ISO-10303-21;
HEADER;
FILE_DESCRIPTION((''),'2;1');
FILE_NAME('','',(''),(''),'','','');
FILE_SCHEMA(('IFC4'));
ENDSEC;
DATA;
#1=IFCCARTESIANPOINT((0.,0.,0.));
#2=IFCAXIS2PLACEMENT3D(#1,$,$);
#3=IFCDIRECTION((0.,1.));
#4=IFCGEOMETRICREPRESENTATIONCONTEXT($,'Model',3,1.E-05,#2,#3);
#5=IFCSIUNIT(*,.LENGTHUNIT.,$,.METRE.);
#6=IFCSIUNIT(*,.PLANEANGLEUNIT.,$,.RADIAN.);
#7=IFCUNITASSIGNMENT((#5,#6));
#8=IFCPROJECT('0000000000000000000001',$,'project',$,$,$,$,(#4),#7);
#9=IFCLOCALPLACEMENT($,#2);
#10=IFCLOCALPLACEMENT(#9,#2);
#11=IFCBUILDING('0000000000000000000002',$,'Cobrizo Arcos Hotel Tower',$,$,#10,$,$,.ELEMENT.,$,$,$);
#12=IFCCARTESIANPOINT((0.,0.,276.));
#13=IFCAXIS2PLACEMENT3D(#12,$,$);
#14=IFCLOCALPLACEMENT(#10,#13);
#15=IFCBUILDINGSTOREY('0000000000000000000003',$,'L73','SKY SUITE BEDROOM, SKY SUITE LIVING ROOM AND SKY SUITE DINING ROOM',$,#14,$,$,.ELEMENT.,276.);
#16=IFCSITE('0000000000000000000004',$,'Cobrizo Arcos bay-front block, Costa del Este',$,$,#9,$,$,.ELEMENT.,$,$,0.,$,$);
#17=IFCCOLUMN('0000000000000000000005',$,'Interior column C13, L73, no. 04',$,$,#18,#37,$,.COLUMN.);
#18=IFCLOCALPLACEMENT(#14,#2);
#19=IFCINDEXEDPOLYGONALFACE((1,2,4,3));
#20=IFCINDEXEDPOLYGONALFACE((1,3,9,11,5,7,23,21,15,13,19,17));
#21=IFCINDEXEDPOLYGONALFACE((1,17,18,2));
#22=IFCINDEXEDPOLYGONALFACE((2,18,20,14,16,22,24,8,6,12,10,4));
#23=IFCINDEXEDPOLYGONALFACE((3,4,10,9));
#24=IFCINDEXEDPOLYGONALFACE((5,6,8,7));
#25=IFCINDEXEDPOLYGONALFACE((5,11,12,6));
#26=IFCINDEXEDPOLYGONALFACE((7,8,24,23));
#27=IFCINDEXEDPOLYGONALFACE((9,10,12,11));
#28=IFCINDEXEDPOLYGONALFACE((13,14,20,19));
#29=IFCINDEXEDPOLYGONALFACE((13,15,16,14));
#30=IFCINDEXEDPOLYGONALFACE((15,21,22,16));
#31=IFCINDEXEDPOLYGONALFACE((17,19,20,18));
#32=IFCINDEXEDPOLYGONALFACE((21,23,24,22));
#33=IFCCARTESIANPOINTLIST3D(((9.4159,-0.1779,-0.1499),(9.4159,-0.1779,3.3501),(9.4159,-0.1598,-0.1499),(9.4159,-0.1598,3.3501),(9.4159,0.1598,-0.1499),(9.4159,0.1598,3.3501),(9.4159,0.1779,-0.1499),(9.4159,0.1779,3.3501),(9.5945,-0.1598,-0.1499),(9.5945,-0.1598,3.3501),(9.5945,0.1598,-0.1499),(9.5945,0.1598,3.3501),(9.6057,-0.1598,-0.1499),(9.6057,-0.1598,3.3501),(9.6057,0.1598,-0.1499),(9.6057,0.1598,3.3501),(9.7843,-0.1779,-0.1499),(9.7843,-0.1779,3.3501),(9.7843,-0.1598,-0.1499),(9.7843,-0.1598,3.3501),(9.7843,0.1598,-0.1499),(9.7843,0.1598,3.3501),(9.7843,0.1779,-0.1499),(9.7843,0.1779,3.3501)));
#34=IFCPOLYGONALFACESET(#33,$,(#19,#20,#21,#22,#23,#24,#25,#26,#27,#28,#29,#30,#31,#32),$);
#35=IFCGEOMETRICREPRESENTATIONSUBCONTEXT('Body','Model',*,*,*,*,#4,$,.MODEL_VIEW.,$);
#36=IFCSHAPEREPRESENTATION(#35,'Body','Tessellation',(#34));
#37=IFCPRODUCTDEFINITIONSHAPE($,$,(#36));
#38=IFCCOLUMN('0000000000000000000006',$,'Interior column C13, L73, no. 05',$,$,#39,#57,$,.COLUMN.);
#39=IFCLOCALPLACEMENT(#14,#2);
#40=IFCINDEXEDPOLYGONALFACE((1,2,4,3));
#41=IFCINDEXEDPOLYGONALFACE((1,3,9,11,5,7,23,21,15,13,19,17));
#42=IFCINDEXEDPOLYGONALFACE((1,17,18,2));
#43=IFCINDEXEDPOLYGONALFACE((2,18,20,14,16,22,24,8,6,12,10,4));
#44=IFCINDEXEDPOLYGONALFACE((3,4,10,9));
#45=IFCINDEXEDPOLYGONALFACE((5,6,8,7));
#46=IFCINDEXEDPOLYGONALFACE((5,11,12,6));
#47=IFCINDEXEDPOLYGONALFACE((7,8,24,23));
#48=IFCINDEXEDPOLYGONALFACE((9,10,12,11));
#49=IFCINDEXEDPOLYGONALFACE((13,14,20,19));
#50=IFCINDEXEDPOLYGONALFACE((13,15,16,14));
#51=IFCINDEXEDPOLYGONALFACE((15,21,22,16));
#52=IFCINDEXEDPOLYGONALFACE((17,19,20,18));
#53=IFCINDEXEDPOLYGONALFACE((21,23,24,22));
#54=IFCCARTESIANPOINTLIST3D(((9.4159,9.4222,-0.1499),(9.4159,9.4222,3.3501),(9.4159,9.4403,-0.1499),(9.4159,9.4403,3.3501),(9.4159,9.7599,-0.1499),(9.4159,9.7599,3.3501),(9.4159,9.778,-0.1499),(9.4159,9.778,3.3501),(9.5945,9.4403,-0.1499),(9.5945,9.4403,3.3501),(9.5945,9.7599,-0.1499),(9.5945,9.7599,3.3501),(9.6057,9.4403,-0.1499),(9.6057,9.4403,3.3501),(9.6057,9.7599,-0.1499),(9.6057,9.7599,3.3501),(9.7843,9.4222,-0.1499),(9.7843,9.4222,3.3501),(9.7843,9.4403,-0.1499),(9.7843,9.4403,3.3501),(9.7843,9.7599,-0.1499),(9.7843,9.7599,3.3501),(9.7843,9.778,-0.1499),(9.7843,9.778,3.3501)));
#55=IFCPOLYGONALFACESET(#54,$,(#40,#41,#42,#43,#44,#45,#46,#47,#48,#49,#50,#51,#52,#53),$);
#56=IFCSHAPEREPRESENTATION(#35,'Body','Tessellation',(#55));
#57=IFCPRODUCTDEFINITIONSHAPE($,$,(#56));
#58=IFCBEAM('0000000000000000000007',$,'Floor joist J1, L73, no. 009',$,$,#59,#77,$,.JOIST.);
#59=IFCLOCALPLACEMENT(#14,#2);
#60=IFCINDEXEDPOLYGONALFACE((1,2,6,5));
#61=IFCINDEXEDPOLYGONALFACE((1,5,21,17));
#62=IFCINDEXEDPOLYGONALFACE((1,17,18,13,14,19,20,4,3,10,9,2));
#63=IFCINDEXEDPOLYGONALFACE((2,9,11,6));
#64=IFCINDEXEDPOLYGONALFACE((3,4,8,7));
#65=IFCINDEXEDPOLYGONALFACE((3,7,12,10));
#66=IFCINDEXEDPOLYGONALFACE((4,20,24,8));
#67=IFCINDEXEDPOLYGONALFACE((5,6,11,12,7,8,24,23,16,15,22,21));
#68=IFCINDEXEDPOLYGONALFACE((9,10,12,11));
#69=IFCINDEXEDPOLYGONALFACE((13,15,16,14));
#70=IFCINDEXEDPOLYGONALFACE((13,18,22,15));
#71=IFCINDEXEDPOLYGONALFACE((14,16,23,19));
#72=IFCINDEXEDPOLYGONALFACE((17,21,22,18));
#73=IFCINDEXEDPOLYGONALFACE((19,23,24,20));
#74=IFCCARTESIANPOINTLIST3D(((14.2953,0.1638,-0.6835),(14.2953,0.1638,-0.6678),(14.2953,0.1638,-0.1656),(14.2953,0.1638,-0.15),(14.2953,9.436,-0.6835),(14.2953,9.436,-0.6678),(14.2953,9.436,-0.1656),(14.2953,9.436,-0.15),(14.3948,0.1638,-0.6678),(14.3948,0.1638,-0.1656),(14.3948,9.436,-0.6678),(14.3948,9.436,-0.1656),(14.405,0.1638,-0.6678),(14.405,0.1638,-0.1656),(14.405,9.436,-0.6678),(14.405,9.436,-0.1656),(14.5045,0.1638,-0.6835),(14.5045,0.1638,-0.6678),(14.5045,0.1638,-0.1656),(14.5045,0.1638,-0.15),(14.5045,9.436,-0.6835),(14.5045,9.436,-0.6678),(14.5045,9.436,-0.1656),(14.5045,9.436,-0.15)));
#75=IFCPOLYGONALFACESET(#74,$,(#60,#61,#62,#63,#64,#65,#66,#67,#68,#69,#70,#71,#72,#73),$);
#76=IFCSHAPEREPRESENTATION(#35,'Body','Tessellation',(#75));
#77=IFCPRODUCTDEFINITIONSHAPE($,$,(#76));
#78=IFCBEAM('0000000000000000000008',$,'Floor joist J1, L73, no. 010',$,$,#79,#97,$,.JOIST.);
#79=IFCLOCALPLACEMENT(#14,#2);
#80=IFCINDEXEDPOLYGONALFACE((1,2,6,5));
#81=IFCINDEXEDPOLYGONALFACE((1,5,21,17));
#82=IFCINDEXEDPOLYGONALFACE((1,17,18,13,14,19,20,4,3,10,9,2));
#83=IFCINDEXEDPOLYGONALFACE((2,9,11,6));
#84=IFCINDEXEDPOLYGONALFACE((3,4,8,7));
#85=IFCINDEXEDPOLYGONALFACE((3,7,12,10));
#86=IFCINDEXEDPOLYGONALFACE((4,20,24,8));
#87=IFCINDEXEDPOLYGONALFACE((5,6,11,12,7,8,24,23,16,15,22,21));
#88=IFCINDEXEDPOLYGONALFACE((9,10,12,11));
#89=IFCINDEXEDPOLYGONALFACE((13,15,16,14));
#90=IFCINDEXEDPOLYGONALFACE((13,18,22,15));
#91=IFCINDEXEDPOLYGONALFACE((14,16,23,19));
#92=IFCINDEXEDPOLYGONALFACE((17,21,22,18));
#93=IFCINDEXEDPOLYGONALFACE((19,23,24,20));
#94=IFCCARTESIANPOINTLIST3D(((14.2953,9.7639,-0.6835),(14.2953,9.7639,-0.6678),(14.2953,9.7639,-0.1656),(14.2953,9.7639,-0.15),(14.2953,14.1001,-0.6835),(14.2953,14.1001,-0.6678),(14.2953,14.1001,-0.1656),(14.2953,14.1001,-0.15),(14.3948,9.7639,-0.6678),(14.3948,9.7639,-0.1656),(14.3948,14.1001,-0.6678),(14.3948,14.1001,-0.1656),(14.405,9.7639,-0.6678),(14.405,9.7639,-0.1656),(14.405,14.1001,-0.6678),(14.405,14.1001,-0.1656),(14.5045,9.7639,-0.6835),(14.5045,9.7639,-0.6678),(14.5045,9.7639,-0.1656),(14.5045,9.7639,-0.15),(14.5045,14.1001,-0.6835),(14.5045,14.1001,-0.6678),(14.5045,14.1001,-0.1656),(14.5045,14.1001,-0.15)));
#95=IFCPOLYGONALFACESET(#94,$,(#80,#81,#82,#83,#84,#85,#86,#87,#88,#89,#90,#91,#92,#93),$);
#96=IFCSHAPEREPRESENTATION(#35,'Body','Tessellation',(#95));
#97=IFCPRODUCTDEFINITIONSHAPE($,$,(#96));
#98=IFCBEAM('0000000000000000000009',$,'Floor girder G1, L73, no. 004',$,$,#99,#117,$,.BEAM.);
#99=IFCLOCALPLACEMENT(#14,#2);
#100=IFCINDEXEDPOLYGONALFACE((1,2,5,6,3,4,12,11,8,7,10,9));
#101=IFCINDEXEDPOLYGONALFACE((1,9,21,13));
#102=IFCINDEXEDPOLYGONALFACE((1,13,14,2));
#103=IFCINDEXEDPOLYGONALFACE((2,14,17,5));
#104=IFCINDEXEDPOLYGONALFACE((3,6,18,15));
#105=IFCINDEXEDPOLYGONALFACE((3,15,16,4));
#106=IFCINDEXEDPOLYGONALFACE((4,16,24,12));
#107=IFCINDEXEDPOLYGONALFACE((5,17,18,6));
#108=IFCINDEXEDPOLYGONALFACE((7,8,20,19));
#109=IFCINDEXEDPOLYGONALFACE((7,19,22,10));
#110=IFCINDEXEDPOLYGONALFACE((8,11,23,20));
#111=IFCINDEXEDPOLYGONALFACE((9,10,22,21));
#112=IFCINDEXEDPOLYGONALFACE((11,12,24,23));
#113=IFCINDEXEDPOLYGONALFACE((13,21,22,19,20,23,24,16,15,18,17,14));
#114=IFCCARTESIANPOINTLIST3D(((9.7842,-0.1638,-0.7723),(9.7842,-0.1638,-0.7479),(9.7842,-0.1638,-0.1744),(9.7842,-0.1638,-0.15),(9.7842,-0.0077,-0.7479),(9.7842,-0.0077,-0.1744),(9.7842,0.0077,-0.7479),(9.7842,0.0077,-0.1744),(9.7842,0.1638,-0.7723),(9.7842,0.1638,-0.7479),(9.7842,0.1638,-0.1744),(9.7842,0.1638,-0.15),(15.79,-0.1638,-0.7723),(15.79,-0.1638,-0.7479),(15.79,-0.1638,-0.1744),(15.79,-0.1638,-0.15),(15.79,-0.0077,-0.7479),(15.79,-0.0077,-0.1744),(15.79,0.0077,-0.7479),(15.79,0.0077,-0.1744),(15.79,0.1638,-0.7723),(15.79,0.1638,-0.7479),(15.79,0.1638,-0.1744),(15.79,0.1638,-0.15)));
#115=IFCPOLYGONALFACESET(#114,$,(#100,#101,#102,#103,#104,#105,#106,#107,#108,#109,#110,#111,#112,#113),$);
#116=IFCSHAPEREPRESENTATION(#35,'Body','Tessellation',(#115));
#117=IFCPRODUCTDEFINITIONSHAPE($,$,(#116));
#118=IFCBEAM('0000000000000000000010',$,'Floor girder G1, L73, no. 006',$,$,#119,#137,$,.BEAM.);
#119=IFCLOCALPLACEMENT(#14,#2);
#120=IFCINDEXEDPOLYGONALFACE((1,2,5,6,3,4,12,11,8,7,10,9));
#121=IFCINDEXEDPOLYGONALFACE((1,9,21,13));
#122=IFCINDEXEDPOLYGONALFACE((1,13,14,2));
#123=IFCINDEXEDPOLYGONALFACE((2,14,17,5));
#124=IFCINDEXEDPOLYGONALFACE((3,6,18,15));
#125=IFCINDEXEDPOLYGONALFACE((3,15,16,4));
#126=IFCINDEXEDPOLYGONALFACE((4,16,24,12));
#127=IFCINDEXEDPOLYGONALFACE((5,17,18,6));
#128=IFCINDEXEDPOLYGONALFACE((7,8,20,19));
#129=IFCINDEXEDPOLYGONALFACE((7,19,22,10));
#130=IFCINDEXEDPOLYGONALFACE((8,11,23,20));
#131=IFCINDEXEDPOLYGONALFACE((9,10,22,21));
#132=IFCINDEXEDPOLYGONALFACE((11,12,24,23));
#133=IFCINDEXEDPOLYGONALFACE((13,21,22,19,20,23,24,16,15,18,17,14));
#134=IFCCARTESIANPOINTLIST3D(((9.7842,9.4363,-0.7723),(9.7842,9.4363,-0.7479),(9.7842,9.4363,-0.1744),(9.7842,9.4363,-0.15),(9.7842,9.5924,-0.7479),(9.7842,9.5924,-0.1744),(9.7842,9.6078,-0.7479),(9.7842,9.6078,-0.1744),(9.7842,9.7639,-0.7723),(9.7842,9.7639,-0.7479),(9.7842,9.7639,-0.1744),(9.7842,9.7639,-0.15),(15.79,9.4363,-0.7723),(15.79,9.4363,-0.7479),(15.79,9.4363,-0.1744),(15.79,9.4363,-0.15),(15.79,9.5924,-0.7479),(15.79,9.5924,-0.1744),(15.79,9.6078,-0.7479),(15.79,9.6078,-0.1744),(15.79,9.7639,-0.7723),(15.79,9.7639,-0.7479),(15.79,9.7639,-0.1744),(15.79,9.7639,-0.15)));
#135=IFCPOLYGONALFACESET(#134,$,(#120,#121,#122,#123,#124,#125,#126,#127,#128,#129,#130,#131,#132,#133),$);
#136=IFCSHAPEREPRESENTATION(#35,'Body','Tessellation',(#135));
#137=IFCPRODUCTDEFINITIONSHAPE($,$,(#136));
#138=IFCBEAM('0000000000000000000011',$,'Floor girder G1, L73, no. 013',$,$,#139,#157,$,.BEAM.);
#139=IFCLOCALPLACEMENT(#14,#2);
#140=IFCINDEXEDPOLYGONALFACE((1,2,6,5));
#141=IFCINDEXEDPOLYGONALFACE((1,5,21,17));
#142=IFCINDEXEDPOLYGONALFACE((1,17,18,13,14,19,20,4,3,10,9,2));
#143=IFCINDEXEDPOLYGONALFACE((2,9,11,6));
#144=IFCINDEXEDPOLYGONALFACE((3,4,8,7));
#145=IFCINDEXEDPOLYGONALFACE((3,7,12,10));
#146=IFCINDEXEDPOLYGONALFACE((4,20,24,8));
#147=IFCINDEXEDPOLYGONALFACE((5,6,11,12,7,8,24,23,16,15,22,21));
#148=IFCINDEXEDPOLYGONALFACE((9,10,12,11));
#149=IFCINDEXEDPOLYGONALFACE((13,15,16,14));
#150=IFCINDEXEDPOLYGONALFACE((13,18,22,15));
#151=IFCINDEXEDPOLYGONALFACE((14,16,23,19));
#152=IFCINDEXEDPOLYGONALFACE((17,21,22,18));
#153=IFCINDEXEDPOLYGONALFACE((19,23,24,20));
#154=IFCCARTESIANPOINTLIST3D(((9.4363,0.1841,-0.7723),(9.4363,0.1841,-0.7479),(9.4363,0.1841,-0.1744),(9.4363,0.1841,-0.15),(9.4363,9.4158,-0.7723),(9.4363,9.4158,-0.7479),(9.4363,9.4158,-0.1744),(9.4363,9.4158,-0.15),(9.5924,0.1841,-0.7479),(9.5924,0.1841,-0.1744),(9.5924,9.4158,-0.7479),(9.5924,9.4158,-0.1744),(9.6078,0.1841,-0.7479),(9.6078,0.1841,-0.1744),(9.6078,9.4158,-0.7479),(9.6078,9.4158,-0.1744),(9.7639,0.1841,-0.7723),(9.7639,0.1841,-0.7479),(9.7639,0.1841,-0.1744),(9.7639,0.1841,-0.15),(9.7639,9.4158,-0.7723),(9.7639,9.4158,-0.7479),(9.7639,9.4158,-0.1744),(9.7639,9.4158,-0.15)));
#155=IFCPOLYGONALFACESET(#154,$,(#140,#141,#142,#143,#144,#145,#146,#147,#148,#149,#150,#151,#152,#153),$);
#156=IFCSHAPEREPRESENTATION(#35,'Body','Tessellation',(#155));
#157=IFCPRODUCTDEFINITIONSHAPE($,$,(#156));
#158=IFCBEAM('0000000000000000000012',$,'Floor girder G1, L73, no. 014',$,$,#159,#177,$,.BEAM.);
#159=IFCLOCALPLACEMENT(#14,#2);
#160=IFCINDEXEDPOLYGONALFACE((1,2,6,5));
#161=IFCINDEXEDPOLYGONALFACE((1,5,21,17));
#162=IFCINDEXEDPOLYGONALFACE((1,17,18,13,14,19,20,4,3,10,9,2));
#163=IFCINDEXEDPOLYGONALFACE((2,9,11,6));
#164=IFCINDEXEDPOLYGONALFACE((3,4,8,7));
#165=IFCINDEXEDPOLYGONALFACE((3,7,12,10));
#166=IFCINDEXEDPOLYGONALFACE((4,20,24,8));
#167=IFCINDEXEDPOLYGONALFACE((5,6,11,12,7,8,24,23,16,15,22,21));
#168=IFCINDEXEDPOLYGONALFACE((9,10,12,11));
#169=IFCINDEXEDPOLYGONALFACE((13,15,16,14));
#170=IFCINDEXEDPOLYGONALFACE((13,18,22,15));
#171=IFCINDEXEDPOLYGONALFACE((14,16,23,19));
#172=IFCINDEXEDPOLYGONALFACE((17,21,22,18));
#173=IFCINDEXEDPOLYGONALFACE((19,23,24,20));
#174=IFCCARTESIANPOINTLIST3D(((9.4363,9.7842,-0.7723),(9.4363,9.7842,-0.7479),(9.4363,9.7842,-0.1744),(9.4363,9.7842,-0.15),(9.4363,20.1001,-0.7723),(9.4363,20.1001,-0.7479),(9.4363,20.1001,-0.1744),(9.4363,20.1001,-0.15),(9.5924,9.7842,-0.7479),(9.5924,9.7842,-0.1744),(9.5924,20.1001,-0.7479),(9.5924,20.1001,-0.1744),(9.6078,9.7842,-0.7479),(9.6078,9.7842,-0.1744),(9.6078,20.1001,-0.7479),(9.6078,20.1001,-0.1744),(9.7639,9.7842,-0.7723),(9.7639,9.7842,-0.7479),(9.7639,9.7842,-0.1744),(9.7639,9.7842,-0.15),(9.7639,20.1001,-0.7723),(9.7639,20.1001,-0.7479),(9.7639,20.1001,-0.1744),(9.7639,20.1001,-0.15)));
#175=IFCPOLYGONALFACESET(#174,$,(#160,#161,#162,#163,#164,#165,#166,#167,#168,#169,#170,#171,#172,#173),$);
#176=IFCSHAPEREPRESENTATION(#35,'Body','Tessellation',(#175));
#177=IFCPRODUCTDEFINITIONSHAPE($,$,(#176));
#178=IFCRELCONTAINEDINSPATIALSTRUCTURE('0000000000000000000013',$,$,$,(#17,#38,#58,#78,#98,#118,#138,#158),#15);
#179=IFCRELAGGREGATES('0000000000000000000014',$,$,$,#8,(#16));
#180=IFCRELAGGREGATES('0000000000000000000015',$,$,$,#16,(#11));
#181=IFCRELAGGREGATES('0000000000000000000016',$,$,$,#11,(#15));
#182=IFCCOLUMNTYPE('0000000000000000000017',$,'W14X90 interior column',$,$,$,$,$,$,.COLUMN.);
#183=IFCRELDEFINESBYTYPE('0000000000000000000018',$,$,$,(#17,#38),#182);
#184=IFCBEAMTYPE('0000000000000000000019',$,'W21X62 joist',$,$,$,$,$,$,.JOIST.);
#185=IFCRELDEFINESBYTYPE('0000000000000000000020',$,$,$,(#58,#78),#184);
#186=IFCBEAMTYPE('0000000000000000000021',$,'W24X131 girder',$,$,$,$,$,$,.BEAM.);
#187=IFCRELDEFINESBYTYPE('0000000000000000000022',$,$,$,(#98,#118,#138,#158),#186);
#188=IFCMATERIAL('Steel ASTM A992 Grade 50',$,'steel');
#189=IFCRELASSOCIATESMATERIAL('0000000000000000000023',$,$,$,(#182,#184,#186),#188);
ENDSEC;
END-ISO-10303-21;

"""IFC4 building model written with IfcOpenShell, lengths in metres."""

from ifc_helpers import new_model, si_unit, direction, frame, origin, origin_2d, place, context, subcontext, project, spatial, i_section, extrude, material, material_profile, profile_set, type_object, element, save


model = new_model("IFC4")

# Units and contexts
model_context = context("Model", 3, precision=1e-05, world=origin(), true_north=direction((0.0, 1.0)))
body_context = subcontext(model_context, "Body", "Model", "MODEL_VIEW")
ifc_project = project(units=[si_unit("LENGTHUNIT", "METRE"), si_unit("PLANEANGLEUNIT", "RADIAN")], contexts=[model_context])

# Site, building, storey
site_placement = place(None, origin())
site = spatial("IfcSite", under=ifc_project, at=site_placement, Name="Cobrizo Arcos bay-front block, Costa del Este", CompositionType="ELEMENT", RefElevation=0.0)
building_placement = place(site_placement, origin())
building = spatial("IfcBuilding", under=site, at=building_placement, Name="Cobrizo Arcos Hotel Tower", CompositionType="ELEMENT")
storey_placement = place(building_placement, frame((0.0, 0.0, 276.0)))
storey = spatial("IfcBuildingStorey", under=building, at=storey_placement, Name="L73", Description="SKY SUITE BEDROOM, SKY SUITE LIVING ROOM AND SKY SUITE DINING ROOM", CompositionType="ELEMENT", Elevation=276.0)

# Columns
ifc_material_1 = material(Name="Steel ASTM A992 Grade 50", Category="steel")
ifc_material_profile_1 = material_profile(ifc_material_1, i_section(OverallWidth=0.3684, OverallDepth=0.3557, WebThickness=0.0112, FlangeThickness=0.0181, at=origin_2d()), Name="W14X90")
ifc_profile_set_1 = profile_set([ifc_material_profile_1], Name="Steel ASTM A992 Grade 50")
column_type = type_object("IfcColumnType", Name="W14X90 interior column", PredefinedType="COLUMN", material=ifc_profile_set_1)
for number, where, z_axis, x_axis, name in (
    (1, (9.6001, 0.0, -0.1499), (0.0, 0.0, 1.0), (1.0, 0.0, 0.0), "Interior column C13, L73, no. 04"),
    (2, (9.6001, 9.6001, -0.1499), (0.0, 0.0, 1.0), (1.0, 0.0, 0.0), "Interior column C13, L73, no. 05"),
):
    element("IfcColumn", number, at=place(storey_placement, frame(where, z_axis=z_axis, x_axis=x_axis)), inside=storey, type_object=column_type, Name=name, PredefinedType="COLUMN", context=body_context, shape_type="SweptSolid", body=[
        extrude(i_section(OverallWidth=0.3684, OverallDepth=0.3557, WebThickness=0.0112, FlangeThickness=0.0181, at=origin_2d()), origin(), (0.0, 0.0, 1.0), 3.5),
    ])

# Beams
ifc_material_profile_2 = material_profile(ifc_material_1, i_section(OverallWidth=0.2092, OverallDepth=0.5334, WebThickness=0.0103, FlangeThickness=0.0156, at=origin_2d()), Name="W21X62")
ifc_profile_set_2 = profile_set([ifc_material_profile_2], Name="Steel ASTM A992 Grade 50")
beam_type_1 = type_object("IfcBeamType", Name="W21X62 joist", PredefinedType="JOIST", material=ifc_profile_set_2)
beam_1_placement = place(storey_placement, frame((14.3999, 0.1638, -0.4167), z_axis=(0.0, 1.0, 0.0), x_axis=(-1.0, 0.0, 0.0)))
element("IfcBeam", 3, at=beam_1_placement, inside=storey, type_object=beam_type_1, Name="Floor joist J1, L73, no. 009", PredefinedType="JOIST", context=body_context, shape_type="SweptSolid", body=[
    extrude(i_section(OverallWidth=0.2092, OverallDepth=0.5334, WebThickness=0.0103, FlangeThickness=0.0156, at=origin_2d()), origin(), (0.0, 0.0, 1.0), 9.2722),
])
beam_2_placement = place(storey_placement, frame((14.3999, 9.7639, -0.4167), z_axis=(0.0, 1.0, 0.0), x_axis=(-1.0, 0.0, 0.0)))
element("IfcBeam", 4, at=beam_2_placement, inside=storey, type_object=beam_type_1, Name="Floor joist J1, L73, no. 010", PredefinedType="JOIST", context=body_context, shape_type="SweptSolid", body=[
    extrude(i_section(OverallWidth=0.2092, OverallDepth=0.5334, WebThickness=0.0103, FlangeThickness=0.0156, at=origin_2d()), origin(), (0.0, 0.0, 1.0), 4.3362),
])
ifc_material_profile_3 = material_profile(ifc_material_1, i_section(OverallWidth=0.3276, OverallDepth=0.6223, WebThickness=0.0154, FlangeThickness=0.0244, at=origin_2d()), Name="W24X131")
ifc_profile_set_3 = profile_set([ifc_material_profile_3], Name="Steel ASTM A992 Grade 50")
beam_type_2 = type_object("IfcBeamType", Name="W24X131 girder", PredefinedType="BEAM", material=ifc_profile_set_3)
for number, where, z_axis, x_axis, name in (
    (5, (9.7842, 0.0, -0.4612), (1.0, 0.0, 0.0), (0.0, 1.0, 0.0), "Floor girder G1, L73, no. 004"),
    (6, (9.7842, 9.6001, -0.4612), (1.0, 0.0, 0.0), (0.0, 1.0, 0.0), "Floor girder G1, L73, no. 006"),
):
    element("IfcBeam", number, at=place(storey_placement, frame(where, z_axis=z_axis, x_axis=x_axis)), inside=storey, type_object=beam_type_2, Name=name, PredefinedType="BEAM", context=body_context, shape_type="SweptSolid", body=[
        extrude(i_section(OverallWidth=0.3276, OverallDepth=0.6223, WebThickness=0.0154, FlangeThickness=0.0244, at=origin_2d()), origin(), (0.0, 0.0, 1.0), 6.0059),
    ])
beam_3_placement = place(storey_placement, frame((9.6001, 0.1841, -0.4612), z_axis=(0.0, 1.0, 0.0), x_axis=(-1.0, 0.0, 0.0)))
element("IfcBeam", 7, at=beam_3_placement, inside=storey, type_object=beam_type_2, Name="Floor girder G1, L73, no. 013", PredefinedType="BEAM", context=body_context, shape_type="SweptSolid", body=[
    extrude(i_section(OverallWidth=0.3276, OverallDepth=0.6223, WebThickness=0.0154, FlangeThickness=0.0244, at=origin_2d()), origin(), (0.0, 0.0, 1.0), 9.2317),
])
beam_4_placement = place(storey_placement, frame((9.6001, 9.7842, -0.4612), z_axis=(0.0, 1.0, 0.0), x_axis=(-1.0, 0.0, 0.0)))
element("IfcBeam", 8, at=beam_4_placement, inside=storey, type_object=beam_type_2, Name="Floor girder G1, L73, no. 014", PredefinedType="BEAM", context=body_context, shape_type="SweptSolid", body=[
    extrude(i_section(OverallWidth=0.3276, OverallDepth=0.6223, WebThickness=0.0154, FlangeThickness=0.0244, at=origin_2d()), origin(), (0.0, 0.0, 1.0), 10.3159),
])

save(model, "model.ifc")
